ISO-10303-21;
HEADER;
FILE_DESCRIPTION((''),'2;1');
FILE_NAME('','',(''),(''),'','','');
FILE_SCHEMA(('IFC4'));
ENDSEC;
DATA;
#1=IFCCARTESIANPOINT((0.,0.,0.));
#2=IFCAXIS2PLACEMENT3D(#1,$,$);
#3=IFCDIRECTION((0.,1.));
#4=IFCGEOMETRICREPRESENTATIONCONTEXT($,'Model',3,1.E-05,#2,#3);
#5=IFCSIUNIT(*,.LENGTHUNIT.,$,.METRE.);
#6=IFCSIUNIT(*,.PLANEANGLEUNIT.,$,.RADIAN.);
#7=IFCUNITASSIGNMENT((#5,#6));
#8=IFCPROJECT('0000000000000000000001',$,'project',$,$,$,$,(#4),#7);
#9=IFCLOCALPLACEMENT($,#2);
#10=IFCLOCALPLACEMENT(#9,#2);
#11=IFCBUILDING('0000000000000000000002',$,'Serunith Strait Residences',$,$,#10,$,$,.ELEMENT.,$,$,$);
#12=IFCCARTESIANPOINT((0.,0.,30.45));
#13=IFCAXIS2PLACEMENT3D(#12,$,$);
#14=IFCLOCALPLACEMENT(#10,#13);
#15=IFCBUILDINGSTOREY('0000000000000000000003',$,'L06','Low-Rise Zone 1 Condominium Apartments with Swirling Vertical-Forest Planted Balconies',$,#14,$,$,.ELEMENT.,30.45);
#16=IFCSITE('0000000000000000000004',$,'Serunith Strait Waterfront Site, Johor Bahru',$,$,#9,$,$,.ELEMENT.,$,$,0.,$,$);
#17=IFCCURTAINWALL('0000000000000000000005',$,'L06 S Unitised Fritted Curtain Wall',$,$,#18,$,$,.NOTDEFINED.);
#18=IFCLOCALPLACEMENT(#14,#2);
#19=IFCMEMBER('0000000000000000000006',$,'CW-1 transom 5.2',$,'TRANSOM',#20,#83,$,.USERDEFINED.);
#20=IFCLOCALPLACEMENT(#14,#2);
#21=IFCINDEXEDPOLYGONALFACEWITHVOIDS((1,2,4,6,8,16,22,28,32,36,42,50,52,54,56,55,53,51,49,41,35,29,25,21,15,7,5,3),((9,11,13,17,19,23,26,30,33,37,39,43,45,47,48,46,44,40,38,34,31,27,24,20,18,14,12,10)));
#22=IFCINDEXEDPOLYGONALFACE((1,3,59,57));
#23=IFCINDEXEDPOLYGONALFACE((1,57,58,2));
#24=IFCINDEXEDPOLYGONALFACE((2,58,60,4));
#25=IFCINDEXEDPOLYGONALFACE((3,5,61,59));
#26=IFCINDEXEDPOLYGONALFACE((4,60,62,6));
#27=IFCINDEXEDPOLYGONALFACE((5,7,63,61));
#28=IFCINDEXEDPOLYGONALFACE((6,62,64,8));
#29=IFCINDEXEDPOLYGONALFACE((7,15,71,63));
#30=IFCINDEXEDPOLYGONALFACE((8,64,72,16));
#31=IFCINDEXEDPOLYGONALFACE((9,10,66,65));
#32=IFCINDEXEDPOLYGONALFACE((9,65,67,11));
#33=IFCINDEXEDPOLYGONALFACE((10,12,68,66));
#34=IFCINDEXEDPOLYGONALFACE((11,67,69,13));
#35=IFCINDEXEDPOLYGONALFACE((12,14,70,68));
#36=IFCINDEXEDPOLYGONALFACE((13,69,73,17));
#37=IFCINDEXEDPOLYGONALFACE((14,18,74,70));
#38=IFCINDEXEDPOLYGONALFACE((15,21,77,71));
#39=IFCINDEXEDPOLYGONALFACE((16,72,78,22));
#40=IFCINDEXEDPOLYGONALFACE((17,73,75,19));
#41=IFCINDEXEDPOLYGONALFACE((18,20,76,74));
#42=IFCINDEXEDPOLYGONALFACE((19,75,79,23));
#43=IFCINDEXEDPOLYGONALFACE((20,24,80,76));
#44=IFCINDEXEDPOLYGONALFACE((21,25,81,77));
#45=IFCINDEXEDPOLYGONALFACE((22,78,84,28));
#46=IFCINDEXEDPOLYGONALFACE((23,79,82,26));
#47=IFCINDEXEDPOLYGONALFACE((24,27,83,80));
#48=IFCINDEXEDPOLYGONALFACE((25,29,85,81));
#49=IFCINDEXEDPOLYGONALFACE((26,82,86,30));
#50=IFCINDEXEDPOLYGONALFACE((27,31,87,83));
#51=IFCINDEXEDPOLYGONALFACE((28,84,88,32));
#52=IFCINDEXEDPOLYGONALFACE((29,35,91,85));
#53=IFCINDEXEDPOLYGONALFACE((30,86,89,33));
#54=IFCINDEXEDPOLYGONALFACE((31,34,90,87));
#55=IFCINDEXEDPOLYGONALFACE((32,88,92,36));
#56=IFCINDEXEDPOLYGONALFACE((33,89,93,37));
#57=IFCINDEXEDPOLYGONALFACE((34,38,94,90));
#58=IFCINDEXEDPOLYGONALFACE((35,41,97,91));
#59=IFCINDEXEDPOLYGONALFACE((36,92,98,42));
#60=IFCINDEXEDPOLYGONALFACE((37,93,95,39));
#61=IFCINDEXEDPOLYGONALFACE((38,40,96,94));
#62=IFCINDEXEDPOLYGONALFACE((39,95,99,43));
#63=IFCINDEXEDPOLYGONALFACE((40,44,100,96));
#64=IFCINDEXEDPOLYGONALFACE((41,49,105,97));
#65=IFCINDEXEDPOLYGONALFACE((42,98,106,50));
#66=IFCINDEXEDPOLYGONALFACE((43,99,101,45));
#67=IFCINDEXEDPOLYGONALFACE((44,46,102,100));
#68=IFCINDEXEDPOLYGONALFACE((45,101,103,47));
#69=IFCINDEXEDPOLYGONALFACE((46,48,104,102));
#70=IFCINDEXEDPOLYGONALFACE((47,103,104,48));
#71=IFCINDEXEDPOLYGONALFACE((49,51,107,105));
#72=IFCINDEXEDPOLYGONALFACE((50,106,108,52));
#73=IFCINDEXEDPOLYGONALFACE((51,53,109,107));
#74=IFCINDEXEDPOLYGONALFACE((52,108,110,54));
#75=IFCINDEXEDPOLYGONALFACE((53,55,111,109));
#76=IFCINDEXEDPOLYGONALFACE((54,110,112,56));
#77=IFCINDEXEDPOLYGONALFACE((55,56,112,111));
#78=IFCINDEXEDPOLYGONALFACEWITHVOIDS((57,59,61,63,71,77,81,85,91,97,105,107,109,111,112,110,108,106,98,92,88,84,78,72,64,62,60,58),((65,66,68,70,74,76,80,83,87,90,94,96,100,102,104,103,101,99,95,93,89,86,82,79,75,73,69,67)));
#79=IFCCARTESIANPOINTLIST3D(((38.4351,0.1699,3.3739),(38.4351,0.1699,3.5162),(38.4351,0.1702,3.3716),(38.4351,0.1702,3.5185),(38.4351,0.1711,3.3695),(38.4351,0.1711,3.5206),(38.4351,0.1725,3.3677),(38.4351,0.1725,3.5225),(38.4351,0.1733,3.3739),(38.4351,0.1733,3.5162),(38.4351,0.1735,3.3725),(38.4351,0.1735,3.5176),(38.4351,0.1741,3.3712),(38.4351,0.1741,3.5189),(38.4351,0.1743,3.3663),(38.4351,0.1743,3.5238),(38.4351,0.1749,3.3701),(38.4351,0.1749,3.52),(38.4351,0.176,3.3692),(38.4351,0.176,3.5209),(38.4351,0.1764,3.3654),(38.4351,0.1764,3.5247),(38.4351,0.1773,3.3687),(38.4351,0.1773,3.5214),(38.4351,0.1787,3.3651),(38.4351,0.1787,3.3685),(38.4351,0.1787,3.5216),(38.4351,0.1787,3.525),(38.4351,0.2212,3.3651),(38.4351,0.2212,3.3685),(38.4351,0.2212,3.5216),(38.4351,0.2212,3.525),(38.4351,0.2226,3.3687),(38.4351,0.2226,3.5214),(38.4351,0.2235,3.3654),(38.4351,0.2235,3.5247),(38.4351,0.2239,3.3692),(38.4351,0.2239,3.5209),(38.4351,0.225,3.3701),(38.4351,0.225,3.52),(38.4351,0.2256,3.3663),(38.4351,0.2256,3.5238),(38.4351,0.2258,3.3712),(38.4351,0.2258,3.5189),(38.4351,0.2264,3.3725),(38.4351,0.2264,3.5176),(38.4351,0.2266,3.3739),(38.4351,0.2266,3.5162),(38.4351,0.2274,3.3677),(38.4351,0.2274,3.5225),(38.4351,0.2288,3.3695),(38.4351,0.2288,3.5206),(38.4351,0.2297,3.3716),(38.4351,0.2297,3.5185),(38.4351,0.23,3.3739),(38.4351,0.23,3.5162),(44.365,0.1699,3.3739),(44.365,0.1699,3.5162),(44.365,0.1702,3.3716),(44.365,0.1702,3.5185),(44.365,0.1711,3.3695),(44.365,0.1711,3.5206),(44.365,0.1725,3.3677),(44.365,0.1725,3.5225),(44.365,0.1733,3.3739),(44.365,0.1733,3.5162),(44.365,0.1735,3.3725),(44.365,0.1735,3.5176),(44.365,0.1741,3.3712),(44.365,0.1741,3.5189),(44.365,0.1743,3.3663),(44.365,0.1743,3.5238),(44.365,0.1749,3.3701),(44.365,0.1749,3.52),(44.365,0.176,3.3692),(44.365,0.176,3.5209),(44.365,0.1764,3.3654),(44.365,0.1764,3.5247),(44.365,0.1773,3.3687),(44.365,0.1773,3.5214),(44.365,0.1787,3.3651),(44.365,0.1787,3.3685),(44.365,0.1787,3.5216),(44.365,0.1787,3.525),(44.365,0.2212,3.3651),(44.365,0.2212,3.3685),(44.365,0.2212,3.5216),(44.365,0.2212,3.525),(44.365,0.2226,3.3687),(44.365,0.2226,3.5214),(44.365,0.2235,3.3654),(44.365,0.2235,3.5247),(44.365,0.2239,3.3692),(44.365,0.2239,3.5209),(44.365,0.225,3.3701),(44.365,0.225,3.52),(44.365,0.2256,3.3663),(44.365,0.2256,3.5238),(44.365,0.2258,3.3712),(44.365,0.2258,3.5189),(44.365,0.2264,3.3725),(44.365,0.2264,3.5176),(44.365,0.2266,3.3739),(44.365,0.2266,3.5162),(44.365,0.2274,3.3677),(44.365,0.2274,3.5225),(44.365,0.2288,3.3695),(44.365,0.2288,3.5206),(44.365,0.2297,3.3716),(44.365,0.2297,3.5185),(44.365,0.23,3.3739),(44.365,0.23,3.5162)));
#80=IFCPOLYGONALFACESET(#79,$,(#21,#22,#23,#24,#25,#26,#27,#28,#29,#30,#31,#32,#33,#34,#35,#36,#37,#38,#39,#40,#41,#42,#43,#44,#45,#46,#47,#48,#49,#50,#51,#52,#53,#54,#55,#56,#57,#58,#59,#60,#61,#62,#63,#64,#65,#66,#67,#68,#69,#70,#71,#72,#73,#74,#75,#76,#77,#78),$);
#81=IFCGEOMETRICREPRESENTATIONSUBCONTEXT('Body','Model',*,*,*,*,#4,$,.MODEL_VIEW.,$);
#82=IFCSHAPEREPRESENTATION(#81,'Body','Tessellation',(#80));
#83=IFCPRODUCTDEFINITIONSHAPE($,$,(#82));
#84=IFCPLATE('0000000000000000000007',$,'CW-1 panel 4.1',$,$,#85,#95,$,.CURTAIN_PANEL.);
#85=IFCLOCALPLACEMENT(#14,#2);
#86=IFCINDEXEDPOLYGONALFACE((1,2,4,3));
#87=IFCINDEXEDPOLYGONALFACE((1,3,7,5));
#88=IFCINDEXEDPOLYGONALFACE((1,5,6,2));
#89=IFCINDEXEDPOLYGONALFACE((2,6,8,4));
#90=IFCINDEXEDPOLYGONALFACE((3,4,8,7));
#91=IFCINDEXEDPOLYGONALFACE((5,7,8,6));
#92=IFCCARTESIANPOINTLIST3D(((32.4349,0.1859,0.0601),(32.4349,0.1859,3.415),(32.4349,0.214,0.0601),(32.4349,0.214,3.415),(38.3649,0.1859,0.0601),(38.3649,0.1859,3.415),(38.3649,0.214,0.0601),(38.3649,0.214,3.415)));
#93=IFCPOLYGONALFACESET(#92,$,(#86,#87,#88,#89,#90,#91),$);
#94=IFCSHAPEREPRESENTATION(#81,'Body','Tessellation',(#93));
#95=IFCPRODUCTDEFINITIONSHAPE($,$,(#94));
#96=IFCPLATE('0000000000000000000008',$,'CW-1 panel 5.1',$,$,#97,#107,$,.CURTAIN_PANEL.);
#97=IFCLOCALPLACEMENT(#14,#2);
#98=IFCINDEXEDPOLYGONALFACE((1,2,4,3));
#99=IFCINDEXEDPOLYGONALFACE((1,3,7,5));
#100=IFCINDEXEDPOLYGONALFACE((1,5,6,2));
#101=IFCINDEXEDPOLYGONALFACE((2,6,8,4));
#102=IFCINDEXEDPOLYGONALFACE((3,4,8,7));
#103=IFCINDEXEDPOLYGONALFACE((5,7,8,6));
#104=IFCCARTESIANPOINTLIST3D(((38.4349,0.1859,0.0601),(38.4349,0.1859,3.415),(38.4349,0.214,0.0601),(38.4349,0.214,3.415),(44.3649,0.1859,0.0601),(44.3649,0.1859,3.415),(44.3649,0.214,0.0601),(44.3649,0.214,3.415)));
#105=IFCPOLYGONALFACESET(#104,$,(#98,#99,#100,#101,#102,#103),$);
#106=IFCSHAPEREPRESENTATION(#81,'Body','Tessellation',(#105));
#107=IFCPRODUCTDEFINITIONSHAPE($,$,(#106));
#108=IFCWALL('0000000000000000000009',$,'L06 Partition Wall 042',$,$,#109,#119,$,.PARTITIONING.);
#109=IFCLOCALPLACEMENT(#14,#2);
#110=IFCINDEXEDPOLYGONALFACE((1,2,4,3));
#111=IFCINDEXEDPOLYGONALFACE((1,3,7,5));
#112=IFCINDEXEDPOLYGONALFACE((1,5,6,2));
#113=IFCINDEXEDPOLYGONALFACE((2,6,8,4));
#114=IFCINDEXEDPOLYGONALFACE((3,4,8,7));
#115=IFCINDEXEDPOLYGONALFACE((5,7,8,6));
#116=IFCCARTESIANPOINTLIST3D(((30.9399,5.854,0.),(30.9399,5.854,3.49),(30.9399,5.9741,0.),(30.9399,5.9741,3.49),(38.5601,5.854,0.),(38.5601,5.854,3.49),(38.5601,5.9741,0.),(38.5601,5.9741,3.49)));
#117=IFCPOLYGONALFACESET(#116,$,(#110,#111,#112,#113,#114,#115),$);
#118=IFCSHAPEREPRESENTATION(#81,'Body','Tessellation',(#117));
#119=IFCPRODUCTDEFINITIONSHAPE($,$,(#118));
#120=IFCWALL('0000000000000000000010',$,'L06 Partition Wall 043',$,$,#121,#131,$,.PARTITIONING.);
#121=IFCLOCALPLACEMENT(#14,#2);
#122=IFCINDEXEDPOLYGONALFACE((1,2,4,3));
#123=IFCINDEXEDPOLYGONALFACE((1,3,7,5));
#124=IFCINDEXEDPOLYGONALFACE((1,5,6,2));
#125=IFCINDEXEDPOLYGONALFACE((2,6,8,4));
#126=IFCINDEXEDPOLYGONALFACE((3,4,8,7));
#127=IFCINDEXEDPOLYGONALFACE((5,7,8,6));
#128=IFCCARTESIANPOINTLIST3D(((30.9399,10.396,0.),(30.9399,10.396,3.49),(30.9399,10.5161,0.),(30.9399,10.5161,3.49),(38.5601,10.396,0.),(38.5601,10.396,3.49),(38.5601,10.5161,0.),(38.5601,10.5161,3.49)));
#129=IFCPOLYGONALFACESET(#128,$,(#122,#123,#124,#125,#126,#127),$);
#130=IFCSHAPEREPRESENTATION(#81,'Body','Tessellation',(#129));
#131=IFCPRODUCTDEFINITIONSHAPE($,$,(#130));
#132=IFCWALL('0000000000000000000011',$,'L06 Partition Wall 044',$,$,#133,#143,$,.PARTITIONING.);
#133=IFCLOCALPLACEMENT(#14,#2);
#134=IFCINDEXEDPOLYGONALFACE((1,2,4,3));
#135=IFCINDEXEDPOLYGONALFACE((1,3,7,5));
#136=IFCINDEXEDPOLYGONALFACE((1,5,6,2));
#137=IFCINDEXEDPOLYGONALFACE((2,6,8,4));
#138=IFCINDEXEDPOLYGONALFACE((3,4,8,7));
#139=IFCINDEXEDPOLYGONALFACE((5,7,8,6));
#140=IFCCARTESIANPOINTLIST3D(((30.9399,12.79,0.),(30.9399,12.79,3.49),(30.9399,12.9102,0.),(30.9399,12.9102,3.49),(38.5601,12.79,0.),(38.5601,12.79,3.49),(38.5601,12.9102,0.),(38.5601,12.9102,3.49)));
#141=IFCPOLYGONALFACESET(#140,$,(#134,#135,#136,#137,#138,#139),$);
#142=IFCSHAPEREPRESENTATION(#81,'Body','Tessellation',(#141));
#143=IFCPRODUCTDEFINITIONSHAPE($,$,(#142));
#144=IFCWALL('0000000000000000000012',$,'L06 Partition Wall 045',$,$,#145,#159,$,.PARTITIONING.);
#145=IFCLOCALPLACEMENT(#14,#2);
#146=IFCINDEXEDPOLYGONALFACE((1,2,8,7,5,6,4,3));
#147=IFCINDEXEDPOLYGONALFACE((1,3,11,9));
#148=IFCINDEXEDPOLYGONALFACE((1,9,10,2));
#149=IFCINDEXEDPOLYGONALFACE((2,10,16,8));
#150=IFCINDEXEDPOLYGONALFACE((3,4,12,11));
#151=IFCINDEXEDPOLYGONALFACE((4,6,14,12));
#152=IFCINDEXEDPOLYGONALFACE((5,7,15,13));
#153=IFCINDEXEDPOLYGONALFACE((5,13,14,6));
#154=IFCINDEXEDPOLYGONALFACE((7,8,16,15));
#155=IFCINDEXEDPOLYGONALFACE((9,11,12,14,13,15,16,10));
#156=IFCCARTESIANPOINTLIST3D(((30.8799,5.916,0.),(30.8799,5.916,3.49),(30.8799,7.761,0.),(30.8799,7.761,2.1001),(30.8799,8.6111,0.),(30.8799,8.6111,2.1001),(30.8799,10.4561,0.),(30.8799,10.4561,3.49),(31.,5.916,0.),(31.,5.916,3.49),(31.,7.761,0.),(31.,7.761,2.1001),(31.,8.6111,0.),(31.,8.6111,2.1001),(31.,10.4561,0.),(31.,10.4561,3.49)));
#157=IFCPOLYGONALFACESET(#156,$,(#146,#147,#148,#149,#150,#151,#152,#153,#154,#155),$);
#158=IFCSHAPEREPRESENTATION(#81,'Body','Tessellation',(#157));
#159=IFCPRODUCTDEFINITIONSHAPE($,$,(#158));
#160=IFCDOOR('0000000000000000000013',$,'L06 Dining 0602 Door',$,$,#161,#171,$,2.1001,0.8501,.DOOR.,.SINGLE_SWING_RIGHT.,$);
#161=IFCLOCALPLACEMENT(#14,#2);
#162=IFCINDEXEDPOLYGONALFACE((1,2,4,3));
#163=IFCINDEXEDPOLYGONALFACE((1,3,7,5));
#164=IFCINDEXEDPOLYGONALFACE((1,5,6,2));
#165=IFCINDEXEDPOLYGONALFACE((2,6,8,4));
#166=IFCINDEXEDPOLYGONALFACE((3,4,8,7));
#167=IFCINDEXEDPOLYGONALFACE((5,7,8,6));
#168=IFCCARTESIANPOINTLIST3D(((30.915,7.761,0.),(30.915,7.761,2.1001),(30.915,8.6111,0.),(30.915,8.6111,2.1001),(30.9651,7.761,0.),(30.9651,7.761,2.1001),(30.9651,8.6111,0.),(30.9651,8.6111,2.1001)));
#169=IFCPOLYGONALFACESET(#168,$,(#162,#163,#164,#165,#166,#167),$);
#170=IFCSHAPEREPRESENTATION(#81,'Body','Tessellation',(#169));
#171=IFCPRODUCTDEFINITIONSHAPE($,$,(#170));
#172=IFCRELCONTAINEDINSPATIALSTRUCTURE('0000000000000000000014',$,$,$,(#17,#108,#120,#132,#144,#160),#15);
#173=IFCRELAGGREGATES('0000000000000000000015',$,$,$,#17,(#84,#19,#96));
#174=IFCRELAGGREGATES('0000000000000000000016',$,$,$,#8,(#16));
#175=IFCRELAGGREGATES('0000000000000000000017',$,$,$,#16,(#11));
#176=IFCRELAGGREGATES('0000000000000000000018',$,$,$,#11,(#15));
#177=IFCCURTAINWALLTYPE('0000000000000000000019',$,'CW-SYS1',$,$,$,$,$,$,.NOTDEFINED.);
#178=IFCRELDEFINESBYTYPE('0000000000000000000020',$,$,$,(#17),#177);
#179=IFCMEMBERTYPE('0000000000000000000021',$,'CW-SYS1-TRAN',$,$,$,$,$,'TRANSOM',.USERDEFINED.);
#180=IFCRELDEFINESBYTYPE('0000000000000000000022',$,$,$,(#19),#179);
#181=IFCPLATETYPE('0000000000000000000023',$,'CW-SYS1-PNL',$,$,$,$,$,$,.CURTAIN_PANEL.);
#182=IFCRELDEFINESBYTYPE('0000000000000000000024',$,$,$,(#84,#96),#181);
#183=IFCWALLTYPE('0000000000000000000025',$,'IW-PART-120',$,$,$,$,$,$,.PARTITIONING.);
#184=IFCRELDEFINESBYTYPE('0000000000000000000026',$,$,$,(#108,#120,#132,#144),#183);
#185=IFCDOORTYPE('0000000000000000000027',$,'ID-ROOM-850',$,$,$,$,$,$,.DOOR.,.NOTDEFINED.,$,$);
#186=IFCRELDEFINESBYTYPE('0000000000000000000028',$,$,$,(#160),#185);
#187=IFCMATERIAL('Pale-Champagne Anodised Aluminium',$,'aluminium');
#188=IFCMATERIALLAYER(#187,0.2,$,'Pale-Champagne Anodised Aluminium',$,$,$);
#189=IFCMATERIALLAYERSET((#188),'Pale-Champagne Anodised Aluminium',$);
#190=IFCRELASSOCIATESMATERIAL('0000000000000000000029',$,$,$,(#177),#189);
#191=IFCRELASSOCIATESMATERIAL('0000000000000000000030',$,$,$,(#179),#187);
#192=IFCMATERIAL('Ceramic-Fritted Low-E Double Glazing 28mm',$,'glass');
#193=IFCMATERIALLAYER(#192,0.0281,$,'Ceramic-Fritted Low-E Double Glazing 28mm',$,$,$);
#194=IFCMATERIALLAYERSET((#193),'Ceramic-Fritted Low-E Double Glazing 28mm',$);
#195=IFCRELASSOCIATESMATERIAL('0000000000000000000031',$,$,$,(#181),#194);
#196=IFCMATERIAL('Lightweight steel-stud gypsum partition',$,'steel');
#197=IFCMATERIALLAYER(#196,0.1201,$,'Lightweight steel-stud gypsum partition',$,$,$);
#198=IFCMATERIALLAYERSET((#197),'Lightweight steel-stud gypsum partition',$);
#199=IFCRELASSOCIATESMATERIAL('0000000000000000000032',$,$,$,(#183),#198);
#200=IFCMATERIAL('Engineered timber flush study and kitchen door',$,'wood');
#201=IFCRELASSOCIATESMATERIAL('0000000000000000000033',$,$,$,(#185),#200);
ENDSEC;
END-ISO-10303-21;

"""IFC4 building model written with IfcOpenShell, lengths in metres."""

from ifc_helpers import new_model, si_unit, direction, frame, frame_2d, origin, origin_2d, place, context, subcontext, project, spatial, rectangle, hollow_rectangle, extrude, source, transform, mapped, material, layer, layer_set, material_profile, profile_set, type_object, element, fill, aggregate, save


model = new_model("IFC4")

# Units and contexts
model_context = context("Model", 3, precision=1e-05, world=origin(), true_north=direction((0.0, 1.0)))
body_context = subcontext(model_context, "Body", "Model", "MODEL_VIEW")
ifc_project = project(units=[si_unit("LENGTHUNIT", "METRE"), si_unit("PLANEANGLEUNIT", "RADIAN")], contexts=[model_context])

# Site, building, storey
site_placement = place(None, origin())
site = spatial("IfcSite", under=ifc_project, at=site_placement, Name="Serunith Strait Waterfront Site, Johor Bahru", CompositionType="ELEMENT", RefElevation=0.0)
building_placement = place(site_placement, origin())
building = spatial("IfcBuilding", under=site, at=building_placement, Name="Serunith Strait Residences", CompositionType="ELEMENT")
storey_placement = place(building_placement, frame((0.0, 0.0, 30.45)))
storey = spatial("IfcBuildingStorey", under=building, at=storey_placement, Name="L06", Description="Low-Rise Zone 1 Condominium Apartments with Swirling Vertical-Forest Planted Balconies", CompositionType="ELEMENT", Elevation=30.45)

# Curtain wall, member, plates
ifc_material_1 = material(Name="Pale-Champagne Anodised Aluminium", Category="aluminium")
ifc_layer_1 = layer(ifc_material_1, 0.2, Name="Pale-Champagne Anodised Aluminium")
ifc_layer_set_1 = layer_set([ifc_layer_1], Name="Pale-Champagne Anodised Aluminium")
curtain_wall_type = type_object("IfcCurtainWallType", Name="CW-SYS1", PredefinedType="NOTDEFINED", material=ifc_layer_set_1)
curtain_wall_placement = place(storey_placement, origin())
curtain_wall = element("IfcCurtainWall", 1, at=curtain_wall_placement, inside=storey, type_object=curtain_wall_type, Name="L06 S Unitised Fritted Curtain Wall", PredefinedType="NOTDEFINED")
ifc_material_profile_1 = material_profile(ifc_material_1, hollow_rectangle(XDim=0.0601, YDim=0.1599, WallThickness=0.0034, InnerFilletRadius=0.0054, OuterFilletRadius=0.0088, at=origin_2d()), Name="ALU 160x60x3.5")
ifc_profile_set_1 = profile_set([ifc_material_profile_1], Name="Pale-Champagne Anodised Aluminium")
member_type_1 = type_object("IfcMemberType", Name="CW-SYS1-TRAN", ElementType="TRANSOM", PredefinedType="USERDEFINED", material=ifc_profile_set_1)
shared_shape_1 = source(origin(), body_context, "Body", "SweptSolid", [
    extrude(hollow_rectangle(XDim=0.0601, YDim=0.1599, WallThickness=0.0034, InnerFilletRadius=0.0054, OuterFilletRadius=0.0088, at=origin_2d()), origin(), (0.0, 0.0, 1.0), 5.9299),
])
member_1_placement = place(storey_placement, frame((38.4351, 0.2, 3.4451), z_axis=(1.0, 0.0, 0.0), x_axis=(0.0, 1.0, 0.0)))
member_1 = element("IfcMember", 2, at=member_1_placement, type_object=member_type_1, Name="CW-1 transom 5.2", ObjectType="TRANSOM", PredefinedType="USERDEFINED", context=body_context, shape_type="MappedRepresentation", body=[
    mapped(shared_shape_1, transform((0.0, 0.0, 0.0), scale=1.0)),
])
ifc_material_2 = material(Name="Ceramic-Fritted Low-E Double Glazing 28mm", Category="glass")
ifc_layer_2 = layer(ifc_material_2, 0.0281, Name="Ceramic-Fritted Low-E Double Glazing 28mm")
ifc_layer_set_2 = layer_set([ifc_layer_2], Name="Ceramic-Fritted Low-E Double Glazing 28mm")
plate_type = type_object("IfcPlateType", Name="CW-SYS1-PNL", PredefinedType="CURTAIN_PANEL", material=ifc_layer_set_2)
shared_shape_2 = source(origin(), body_context, "Body", "SweptSolid", [
    extrude(rectangle(XDim=5.9299, YDim=0.0281, at=origin_2d()), origin(), (0.0, 0.0, 1.0), 3.355),
])
plate_1_placement = place(storey_placement, frame((35.3999, 0.2, 0.0601), z_axis=(0.0, 0.0, 1.0), x_axis=(1.0, 0.0, 0.0)))
plate_1 = element("IfcPlate", 3, at=plate_1_placement, type_object=plate_type, Name="CW-1 panel 4.1", PredefinedType="CURTAIN_PANEL", context=body_context, shape_type="MappedRepresentation", body=[
    mapped(shared_shape_2, transform((0.0, 0.0, 0.0), scale=1.0)),
])
plate_2_placement = place(storey_placement, frame((41.3999, 0.2, 0.0601), z_axis=(0.0, 0.0, 1.0), x_axis=(1.0, 0.0, 0.0)))
plate_2 = element("IfcPlate", 4, at=plate_2_placement, type_object=plate_type, Name="CW-1 panel 5.1", PredefinedType="CURTAIN_PANEL", context=body_context, shape_type="MappedRepresentation", body=[
    mapped(shared_shape_2, transform((0.0, 0.0, 0.0), scale=1.0)),
])
aggregate(curtain_wall, [plate_1, member_1, plate_2])

# Walls
ifc_material_3 = material(Name="Lightweight steel-stud gypsum partition", Category="steel")
ifc_layer_3 = layer(ifc_material_3, 0.1201, Name="Lightweight steel-stud gypsum partition")
ifc_layer_set_3 = layer_set([ifc_layer_3], Name="Lightweight steel-stud gypsum partition")
wall_type_1 = type_object("IfcWallType", Name="IW-PART-120", PredefinedType="PARTITIONING", material=ifc_layer_set_3)
for number, where, z_axis, x_axis, name in (
    (5, (30.9399, 5.9141, 0.0), (0.0, 0.0, 1.0), (1.0, 0.0, 0.0), "L06 Partition Wall 042"),
    (6, (30.9399, 10.4561, 0.0), (0.0, 0.0, 1.0), (1.0, 0.0, 0.0), "L06 Partition Wall 043"),
    (7, (30.9399, 12.8501, 0.0), (0.0, 0.0, 1.0), (1.0, 0.0, 0.0), "L06 Partition Wall 044"),
):
    element("IfcWall", number, at=place(storey_placement, frame(where, z_axis=z_axis, x_axis=x_axis)), inside=storey, type_object=wall_type_1, Name=name, PredefinedType="PARTITIONING", context=body_context, shape_type="SweptSolid", body=[
        extrude(rectangle(XDim=7.6201, YDim=0.1201, at=frame_2d((3.8101, 0.0))), origin(), (0.0, 0.0, 1.0), 3.49),
    ])

# Wall, opening, door
wall_1_placement = place(storey_placement, frame((30.9399, 5.916, 0.0), z_axis=(0.0, 0.0, 1.0), x_axis=(0.0, 1.0, 0.0)))
wall_1 = element("IfcWall", 8, at=wall_1_placement, inside=storey, type_object=wall_type_1, Name="L06 Partition Wall 045", PredefinedType="PARTITIONING", context=body_context, shape_type="SweptSolid", body=[
    extrude(rectangle(XDim=4.54, YDim=0.1201, at=frame_2d((2.27, 0.0))), origin(), (0.0, 0.0, 1.0), 3.49),
])
opening_1_placement = place(wall_1_placement, frame((1.845, 0.0, 0.0)))
opening_1 = element("IfcOpeningElement", 9, at=opening_1_placement, cuts=wall_1, PredefinedType="OPENING", context=body_context, shape_type="SweptSolid", body=[
    extrude(rectangle(XDim=0.8501, YDim=2.1001, at=frame_2d((0.425, 1.05))), frame((0.0, 0.0701, 0.0), z_axis=(0.0, -1.0, 0.0), x_axis=(1.0, 0.0, 0.0)), (0.0, 0.0, 1.0), 0.1401),
])
ifc_material_4 = material(Name="Engineered timber flush study and kitchen door", Category="wood")
door_type = type_object("IfcDoorType", Name="ID-ROOM-850", OperationType="NOTDEFINED", PredefinedType="DOOR", material=ifc_material_4)
shared_shape_3 = source(origin(), body_context, "Body", "SweptSolid", [
    extrude(rectangle(XDim=0.8501, YDim=2.1001, at=frame_2d((0.425, 1.05))), frame((0.0, 0.0249, 0.0), z_axis=(0.0, -1.0, 0.0), x_axis=(1.0, 0.0, 0.0)), (0.0, 0.0, 1.0), 0.05),
])
door_1_placement = place(opening_1_placement, origin())
door_1 = element("IfcDoor", 10, at=door_1_placement, inside=storey, type_object=door_type, Name="L06 Dining 0602 Door", OperationType="SINGLE_SWING_RIGHT", OverallHeight=2.1001, OverallWidth=0.8501, PredefinedType="DOOR", context=body_context, shape_type="MappedRepresentation", body=[
    mapped(shared_shape_3, transform((0.0, 0.0, 0.0), scale=1.0)),
])
fill(opening_1, door_1)

save(model, "model.ifc")
